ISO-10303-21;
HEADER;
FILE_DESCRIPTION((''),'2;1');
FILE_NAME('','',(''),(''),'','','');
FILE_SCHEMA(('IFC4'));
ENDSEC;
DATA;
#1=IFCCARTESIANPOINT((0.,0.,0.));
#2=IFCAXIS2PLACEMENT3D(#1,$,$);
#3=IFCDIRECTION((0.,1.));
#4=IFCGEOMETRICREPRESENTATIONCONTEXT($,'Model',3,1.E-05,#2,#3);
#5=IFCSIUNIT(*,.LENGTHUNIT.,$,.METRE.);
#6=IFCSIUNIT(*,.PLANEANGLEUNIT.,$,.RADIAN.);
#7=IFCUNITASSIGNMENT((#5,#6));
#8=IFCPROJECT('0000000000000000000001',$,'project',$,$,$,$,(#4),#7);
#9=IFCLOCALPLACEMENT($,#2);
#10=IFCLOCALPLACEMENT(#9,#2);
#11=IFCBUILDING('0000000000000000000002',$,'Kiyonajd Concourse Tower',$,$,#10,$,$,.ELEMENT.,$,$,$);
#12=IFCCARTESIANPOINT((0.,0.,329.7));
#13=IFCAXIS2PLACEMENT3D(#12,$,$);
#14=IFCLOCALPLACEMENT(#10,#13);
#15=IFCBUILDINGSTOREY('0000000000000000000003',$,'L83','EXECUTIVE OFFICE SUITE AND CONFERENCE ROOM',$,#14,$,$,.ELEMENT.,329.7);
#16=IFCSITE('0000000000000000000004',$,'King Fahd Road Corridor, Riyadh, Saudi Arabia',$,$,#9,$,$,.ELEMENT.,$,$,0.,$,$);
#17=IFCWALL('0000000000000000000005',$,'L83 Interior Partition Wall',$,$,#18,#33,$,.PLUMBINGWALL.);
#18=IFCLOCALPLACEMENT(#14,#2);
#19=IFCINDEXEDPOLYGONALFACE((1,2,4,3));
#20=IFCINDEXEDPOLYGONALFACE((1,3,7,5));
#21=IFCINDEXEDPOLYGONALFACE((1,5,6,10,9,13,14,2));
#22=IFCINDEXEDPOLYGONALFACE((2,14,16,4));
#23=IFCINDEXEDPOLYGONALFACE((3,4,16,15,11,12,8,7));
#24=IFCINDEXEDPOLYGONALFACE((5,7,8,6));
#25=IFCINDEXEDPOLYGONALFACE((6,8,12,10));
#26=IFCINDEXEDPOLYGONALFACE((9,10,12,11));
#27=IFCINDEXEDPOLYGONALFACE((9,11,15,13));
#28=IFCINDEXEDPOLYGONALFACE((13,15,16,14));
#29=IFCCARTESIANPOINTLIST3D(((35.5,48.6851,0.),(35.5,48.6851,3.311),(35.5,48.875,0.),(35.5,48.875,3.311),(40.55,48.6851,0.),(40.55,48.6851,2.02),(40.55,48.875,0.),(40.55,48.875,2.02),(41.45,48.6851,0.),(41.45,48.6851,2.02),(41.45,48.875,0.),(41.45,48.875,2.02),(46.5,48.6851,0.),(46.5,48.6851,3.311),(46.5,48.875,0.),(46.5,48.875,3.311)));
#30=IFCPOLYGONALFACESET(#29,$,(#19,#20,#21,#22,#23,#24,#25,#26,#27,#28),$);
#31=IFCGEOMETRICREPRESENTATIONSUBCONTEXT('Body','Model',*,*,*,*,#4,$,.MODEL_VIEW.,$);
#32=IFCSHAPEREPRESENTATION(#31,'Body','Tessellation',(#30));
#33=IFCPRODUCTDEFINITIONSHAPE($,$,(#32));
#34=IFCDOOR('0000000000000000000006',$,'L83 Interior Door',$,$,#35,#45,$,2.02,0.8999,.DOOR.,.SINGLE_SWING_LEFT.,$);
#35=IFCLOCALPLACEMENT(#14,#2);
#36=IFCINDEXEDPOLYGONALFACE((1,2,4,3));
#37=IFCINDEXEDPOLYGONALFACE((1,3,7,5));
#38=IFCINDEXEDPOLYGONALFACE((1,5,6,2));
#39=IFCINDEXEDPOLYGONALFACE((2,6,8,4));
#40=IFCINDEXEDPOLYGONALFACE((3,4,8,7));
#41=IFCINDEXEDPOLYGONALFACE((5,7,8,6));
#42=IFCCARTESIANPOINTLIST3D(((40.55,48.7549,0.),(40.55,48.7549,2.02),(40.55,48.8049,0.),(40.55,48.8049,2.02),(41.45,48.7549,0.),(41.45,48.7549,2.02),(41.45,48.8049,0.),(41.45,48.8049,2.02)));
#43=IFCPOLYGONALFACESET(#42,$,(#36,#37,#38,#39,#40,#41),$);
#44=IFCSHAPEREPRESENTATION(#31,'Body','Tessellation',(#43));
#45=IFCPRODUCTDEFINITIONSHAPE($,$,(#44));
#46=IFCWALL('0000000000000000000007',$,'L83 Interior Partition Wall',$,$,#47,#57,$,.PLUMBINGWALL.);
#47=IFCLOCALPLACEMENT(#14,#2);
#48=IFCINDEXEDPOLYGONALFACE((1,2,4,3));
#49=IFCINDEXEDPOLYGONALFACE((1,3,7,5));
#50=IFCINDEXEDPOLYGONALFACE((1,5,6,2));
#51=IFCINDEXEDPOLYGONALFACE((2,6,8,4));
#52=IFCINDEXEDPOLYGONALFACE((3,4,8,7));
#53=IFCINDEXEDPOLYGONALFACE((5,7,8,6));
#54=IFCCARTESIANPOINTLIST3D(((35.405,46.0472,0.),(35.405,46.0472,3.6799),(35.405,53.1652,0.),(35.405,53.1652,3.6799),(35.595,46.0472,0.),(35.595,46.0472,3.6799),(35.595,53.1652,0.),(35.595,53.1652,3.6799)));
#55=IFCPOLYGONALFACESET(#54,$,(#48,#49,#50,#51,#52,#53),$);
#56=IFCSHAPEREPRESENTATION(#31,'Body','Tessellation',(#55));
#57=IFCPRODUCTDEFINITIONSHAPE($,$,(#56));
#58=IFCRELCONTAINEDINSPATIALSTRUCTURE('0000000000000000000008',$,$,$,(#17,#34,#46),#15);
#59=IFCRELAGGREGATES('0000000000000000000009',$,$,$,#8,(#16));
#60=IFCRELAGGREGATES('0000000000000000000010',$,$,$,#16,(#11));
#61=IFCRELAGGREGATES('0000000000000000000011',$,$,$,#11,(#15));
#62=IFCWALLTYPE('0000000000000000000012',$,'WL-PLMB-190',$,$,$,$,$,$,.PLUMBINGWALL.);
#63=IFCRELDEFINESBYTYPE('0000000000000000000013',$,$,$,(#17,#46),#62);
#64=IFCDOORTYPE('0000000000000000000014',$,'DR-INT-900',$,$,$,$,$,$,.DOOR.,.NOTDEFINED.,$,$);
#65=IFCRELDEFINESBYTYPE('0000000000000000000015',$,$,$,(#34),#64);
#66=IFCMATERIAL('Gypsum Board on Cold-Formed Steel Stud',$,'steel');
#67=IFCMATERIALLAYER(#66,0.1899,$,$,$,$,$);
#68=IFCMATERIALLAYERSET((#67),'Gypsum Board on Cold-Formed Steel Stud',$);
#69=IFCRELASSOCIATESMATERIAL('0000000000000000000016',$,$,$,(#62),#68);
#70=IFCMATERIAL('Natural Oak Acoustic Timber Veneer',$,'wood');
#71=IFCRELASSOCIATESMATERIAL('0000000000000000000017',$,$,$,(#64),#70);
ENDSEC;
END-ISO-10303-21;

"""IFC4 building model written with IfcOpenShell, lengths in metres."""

from ifc_helpers import new_model, si_unit, direction, frame, frame_2d, origin, place, context, subcontext, project, spatial, rectangle, extrude, material, layer, layer_set, type_object, element, fill, save


model = new_model("IFC4")

# Units and contexts
model_context = context("Model", 3, precision=1e-05, world=origin(), true_north=direction((0.0, 1.0)))
body_context = subcontext(model_context, "Body", "Model", "MODEL_VIEW")
ifc_project = project(units=[si_unit("LENGTHUNIT", "METRE"), si_unit("PLANEANGLEUNIT", "RADIAN")], contexts=[model_context])

# Site, building, storey
site_placement = place(None, origin())
site = spatial("IfcSite", under=ifc_project, at=site_placement, Name="King Fahd Road Corridor, Riyadh, Saudi Arabia", CompositionType="ELEMENT", RefElevation=0.0)
building_placement = place(site_placement, origin())
building = spatial("IfcBuilding", under=site, at=building_placement, Name="Kiyonajd Concourse Tower", CompositionType="ELEMENT")
storey_placement = place(building_placement, frame((0.0, 0.0, 329.7)))
storey = spatial("IfcBuildingStorey", under=building, at=storey_placement, Name="L83", Description="EXECUTIVE OFFICE SUITE AND CONFERENCE ROOM", CompositionType="ELEMENT", Elevation=329.7)

# Wall, opening, door
ifc_material_1 = material(Name="Gypsum Board on Cold-Formed Steel Stud", Category="steel")
ifc_layer_1 = layer(ifc_material_1, 0.1899)
ifc_layer_set_1 = layer_set([ifc_layer_1], Name="Gypsum Board on Cold-Formed Steel Stud")
wall_type_1 = type_object("IfcWallType", Name="WL-PLMB-190", PredefinedType="PLUMBINGWALL", material=ifc_layer_set_1)
wall_1_placement = place(storey_placement, frame((35.5, 48.78, 0.0), z_axis=(0.0, 0.0, 1.0), x_axis=(1.0, 0.0, 0.0)))
wall_1 = element("IfcWall", 1, at=wall_1_placement, inside=storey, type_object=wall_type_1, Name="L83 Interior Partition Wall", PredefinedType="PLUMBINGWALL", context=body_context, shape_type="SweptSolid", body=[
    extrude(rectangle(XDim=11.0, YDim=0.1899, at=frame_2d((5.5, 0.0))), origin(), (0.0, 0.0, 1.0), 3.311),
])
opening_1_placement = place(wall_1_placement, frame((5.05, 0.0, 0.0)))
opening_1 = element("IfcOpeningElement", 2, at=opening_1_placement, cuts=wall_1, PredefinedType="OPENING", context=body_context, shape_type="SweptSolid", body=[
    extrude(rectangle(XDim=0.8999, YDim=2.02, at=frame_2d((0.45, 1.01))), frame((0.0, 0.105, 0.0), z_axis=(0.0, -1.0, 0.0), x_axis=(1.0, 0.0, 0.0)), (0.0, 0.0, 1.0), 0.21),
])
ifc_material_2 = material(Name="Natural Oak Acoustic Timber Veneer", Category="wood")
door_type = type_object("IfcDoorType", Name="DR-INT-900", OperationType="NOTDEFINED", PredefinedType="DOOR", material=ifc_material_2)
door_placement = place(opening_1_placement, origin())
door = element("IfcDoor", 3, at=door_placement, inside=storey, type_object=door_type, Name="L83 Interior Door", OperationType="SINGLE_SWING_LEFT", OverallHeight=2.02, OverallWidth=0.8999, PredefinedType="DOOR", context=body_context, shape_type="SweptSolid", body=[
    extrude(rectangle(XDim=0.8999, YDim=2.02, at=frame_2d((0.45, 1.01))), frame((0.0, 0.0249, 0.0), z_axis=(0.0, -1.0, 0.0), x_axis=(1.0, 0.0, 0.0)), (0.0, 0.0, 1.0), 0.05),
])
fill(opening_1, door)

# Wall
wall_2_placement = place(storey_placement, frame((35.5, 46.0471, 0.0), z_axis=(0.0, 0.0, 1.0), x_axis=(0.0, 1.0, 0.0)))
element("IfcWall", 4, at=wall_2_placement, inside=storey, type_object=wall_type_1, Name="L83 Interior Partition Wall", PredefinedType="PLUMBINGWALL", context=body_context, shape_type="SweptSolid", body=[
    extrude(rectangle(XDim=7.1179, YDim=0.1899, at=frame_2d((3.5591, 0.0))), origin(), (0.0, 0.0, 1.0), 3.6799),
])

save(model, "model.ifc")
